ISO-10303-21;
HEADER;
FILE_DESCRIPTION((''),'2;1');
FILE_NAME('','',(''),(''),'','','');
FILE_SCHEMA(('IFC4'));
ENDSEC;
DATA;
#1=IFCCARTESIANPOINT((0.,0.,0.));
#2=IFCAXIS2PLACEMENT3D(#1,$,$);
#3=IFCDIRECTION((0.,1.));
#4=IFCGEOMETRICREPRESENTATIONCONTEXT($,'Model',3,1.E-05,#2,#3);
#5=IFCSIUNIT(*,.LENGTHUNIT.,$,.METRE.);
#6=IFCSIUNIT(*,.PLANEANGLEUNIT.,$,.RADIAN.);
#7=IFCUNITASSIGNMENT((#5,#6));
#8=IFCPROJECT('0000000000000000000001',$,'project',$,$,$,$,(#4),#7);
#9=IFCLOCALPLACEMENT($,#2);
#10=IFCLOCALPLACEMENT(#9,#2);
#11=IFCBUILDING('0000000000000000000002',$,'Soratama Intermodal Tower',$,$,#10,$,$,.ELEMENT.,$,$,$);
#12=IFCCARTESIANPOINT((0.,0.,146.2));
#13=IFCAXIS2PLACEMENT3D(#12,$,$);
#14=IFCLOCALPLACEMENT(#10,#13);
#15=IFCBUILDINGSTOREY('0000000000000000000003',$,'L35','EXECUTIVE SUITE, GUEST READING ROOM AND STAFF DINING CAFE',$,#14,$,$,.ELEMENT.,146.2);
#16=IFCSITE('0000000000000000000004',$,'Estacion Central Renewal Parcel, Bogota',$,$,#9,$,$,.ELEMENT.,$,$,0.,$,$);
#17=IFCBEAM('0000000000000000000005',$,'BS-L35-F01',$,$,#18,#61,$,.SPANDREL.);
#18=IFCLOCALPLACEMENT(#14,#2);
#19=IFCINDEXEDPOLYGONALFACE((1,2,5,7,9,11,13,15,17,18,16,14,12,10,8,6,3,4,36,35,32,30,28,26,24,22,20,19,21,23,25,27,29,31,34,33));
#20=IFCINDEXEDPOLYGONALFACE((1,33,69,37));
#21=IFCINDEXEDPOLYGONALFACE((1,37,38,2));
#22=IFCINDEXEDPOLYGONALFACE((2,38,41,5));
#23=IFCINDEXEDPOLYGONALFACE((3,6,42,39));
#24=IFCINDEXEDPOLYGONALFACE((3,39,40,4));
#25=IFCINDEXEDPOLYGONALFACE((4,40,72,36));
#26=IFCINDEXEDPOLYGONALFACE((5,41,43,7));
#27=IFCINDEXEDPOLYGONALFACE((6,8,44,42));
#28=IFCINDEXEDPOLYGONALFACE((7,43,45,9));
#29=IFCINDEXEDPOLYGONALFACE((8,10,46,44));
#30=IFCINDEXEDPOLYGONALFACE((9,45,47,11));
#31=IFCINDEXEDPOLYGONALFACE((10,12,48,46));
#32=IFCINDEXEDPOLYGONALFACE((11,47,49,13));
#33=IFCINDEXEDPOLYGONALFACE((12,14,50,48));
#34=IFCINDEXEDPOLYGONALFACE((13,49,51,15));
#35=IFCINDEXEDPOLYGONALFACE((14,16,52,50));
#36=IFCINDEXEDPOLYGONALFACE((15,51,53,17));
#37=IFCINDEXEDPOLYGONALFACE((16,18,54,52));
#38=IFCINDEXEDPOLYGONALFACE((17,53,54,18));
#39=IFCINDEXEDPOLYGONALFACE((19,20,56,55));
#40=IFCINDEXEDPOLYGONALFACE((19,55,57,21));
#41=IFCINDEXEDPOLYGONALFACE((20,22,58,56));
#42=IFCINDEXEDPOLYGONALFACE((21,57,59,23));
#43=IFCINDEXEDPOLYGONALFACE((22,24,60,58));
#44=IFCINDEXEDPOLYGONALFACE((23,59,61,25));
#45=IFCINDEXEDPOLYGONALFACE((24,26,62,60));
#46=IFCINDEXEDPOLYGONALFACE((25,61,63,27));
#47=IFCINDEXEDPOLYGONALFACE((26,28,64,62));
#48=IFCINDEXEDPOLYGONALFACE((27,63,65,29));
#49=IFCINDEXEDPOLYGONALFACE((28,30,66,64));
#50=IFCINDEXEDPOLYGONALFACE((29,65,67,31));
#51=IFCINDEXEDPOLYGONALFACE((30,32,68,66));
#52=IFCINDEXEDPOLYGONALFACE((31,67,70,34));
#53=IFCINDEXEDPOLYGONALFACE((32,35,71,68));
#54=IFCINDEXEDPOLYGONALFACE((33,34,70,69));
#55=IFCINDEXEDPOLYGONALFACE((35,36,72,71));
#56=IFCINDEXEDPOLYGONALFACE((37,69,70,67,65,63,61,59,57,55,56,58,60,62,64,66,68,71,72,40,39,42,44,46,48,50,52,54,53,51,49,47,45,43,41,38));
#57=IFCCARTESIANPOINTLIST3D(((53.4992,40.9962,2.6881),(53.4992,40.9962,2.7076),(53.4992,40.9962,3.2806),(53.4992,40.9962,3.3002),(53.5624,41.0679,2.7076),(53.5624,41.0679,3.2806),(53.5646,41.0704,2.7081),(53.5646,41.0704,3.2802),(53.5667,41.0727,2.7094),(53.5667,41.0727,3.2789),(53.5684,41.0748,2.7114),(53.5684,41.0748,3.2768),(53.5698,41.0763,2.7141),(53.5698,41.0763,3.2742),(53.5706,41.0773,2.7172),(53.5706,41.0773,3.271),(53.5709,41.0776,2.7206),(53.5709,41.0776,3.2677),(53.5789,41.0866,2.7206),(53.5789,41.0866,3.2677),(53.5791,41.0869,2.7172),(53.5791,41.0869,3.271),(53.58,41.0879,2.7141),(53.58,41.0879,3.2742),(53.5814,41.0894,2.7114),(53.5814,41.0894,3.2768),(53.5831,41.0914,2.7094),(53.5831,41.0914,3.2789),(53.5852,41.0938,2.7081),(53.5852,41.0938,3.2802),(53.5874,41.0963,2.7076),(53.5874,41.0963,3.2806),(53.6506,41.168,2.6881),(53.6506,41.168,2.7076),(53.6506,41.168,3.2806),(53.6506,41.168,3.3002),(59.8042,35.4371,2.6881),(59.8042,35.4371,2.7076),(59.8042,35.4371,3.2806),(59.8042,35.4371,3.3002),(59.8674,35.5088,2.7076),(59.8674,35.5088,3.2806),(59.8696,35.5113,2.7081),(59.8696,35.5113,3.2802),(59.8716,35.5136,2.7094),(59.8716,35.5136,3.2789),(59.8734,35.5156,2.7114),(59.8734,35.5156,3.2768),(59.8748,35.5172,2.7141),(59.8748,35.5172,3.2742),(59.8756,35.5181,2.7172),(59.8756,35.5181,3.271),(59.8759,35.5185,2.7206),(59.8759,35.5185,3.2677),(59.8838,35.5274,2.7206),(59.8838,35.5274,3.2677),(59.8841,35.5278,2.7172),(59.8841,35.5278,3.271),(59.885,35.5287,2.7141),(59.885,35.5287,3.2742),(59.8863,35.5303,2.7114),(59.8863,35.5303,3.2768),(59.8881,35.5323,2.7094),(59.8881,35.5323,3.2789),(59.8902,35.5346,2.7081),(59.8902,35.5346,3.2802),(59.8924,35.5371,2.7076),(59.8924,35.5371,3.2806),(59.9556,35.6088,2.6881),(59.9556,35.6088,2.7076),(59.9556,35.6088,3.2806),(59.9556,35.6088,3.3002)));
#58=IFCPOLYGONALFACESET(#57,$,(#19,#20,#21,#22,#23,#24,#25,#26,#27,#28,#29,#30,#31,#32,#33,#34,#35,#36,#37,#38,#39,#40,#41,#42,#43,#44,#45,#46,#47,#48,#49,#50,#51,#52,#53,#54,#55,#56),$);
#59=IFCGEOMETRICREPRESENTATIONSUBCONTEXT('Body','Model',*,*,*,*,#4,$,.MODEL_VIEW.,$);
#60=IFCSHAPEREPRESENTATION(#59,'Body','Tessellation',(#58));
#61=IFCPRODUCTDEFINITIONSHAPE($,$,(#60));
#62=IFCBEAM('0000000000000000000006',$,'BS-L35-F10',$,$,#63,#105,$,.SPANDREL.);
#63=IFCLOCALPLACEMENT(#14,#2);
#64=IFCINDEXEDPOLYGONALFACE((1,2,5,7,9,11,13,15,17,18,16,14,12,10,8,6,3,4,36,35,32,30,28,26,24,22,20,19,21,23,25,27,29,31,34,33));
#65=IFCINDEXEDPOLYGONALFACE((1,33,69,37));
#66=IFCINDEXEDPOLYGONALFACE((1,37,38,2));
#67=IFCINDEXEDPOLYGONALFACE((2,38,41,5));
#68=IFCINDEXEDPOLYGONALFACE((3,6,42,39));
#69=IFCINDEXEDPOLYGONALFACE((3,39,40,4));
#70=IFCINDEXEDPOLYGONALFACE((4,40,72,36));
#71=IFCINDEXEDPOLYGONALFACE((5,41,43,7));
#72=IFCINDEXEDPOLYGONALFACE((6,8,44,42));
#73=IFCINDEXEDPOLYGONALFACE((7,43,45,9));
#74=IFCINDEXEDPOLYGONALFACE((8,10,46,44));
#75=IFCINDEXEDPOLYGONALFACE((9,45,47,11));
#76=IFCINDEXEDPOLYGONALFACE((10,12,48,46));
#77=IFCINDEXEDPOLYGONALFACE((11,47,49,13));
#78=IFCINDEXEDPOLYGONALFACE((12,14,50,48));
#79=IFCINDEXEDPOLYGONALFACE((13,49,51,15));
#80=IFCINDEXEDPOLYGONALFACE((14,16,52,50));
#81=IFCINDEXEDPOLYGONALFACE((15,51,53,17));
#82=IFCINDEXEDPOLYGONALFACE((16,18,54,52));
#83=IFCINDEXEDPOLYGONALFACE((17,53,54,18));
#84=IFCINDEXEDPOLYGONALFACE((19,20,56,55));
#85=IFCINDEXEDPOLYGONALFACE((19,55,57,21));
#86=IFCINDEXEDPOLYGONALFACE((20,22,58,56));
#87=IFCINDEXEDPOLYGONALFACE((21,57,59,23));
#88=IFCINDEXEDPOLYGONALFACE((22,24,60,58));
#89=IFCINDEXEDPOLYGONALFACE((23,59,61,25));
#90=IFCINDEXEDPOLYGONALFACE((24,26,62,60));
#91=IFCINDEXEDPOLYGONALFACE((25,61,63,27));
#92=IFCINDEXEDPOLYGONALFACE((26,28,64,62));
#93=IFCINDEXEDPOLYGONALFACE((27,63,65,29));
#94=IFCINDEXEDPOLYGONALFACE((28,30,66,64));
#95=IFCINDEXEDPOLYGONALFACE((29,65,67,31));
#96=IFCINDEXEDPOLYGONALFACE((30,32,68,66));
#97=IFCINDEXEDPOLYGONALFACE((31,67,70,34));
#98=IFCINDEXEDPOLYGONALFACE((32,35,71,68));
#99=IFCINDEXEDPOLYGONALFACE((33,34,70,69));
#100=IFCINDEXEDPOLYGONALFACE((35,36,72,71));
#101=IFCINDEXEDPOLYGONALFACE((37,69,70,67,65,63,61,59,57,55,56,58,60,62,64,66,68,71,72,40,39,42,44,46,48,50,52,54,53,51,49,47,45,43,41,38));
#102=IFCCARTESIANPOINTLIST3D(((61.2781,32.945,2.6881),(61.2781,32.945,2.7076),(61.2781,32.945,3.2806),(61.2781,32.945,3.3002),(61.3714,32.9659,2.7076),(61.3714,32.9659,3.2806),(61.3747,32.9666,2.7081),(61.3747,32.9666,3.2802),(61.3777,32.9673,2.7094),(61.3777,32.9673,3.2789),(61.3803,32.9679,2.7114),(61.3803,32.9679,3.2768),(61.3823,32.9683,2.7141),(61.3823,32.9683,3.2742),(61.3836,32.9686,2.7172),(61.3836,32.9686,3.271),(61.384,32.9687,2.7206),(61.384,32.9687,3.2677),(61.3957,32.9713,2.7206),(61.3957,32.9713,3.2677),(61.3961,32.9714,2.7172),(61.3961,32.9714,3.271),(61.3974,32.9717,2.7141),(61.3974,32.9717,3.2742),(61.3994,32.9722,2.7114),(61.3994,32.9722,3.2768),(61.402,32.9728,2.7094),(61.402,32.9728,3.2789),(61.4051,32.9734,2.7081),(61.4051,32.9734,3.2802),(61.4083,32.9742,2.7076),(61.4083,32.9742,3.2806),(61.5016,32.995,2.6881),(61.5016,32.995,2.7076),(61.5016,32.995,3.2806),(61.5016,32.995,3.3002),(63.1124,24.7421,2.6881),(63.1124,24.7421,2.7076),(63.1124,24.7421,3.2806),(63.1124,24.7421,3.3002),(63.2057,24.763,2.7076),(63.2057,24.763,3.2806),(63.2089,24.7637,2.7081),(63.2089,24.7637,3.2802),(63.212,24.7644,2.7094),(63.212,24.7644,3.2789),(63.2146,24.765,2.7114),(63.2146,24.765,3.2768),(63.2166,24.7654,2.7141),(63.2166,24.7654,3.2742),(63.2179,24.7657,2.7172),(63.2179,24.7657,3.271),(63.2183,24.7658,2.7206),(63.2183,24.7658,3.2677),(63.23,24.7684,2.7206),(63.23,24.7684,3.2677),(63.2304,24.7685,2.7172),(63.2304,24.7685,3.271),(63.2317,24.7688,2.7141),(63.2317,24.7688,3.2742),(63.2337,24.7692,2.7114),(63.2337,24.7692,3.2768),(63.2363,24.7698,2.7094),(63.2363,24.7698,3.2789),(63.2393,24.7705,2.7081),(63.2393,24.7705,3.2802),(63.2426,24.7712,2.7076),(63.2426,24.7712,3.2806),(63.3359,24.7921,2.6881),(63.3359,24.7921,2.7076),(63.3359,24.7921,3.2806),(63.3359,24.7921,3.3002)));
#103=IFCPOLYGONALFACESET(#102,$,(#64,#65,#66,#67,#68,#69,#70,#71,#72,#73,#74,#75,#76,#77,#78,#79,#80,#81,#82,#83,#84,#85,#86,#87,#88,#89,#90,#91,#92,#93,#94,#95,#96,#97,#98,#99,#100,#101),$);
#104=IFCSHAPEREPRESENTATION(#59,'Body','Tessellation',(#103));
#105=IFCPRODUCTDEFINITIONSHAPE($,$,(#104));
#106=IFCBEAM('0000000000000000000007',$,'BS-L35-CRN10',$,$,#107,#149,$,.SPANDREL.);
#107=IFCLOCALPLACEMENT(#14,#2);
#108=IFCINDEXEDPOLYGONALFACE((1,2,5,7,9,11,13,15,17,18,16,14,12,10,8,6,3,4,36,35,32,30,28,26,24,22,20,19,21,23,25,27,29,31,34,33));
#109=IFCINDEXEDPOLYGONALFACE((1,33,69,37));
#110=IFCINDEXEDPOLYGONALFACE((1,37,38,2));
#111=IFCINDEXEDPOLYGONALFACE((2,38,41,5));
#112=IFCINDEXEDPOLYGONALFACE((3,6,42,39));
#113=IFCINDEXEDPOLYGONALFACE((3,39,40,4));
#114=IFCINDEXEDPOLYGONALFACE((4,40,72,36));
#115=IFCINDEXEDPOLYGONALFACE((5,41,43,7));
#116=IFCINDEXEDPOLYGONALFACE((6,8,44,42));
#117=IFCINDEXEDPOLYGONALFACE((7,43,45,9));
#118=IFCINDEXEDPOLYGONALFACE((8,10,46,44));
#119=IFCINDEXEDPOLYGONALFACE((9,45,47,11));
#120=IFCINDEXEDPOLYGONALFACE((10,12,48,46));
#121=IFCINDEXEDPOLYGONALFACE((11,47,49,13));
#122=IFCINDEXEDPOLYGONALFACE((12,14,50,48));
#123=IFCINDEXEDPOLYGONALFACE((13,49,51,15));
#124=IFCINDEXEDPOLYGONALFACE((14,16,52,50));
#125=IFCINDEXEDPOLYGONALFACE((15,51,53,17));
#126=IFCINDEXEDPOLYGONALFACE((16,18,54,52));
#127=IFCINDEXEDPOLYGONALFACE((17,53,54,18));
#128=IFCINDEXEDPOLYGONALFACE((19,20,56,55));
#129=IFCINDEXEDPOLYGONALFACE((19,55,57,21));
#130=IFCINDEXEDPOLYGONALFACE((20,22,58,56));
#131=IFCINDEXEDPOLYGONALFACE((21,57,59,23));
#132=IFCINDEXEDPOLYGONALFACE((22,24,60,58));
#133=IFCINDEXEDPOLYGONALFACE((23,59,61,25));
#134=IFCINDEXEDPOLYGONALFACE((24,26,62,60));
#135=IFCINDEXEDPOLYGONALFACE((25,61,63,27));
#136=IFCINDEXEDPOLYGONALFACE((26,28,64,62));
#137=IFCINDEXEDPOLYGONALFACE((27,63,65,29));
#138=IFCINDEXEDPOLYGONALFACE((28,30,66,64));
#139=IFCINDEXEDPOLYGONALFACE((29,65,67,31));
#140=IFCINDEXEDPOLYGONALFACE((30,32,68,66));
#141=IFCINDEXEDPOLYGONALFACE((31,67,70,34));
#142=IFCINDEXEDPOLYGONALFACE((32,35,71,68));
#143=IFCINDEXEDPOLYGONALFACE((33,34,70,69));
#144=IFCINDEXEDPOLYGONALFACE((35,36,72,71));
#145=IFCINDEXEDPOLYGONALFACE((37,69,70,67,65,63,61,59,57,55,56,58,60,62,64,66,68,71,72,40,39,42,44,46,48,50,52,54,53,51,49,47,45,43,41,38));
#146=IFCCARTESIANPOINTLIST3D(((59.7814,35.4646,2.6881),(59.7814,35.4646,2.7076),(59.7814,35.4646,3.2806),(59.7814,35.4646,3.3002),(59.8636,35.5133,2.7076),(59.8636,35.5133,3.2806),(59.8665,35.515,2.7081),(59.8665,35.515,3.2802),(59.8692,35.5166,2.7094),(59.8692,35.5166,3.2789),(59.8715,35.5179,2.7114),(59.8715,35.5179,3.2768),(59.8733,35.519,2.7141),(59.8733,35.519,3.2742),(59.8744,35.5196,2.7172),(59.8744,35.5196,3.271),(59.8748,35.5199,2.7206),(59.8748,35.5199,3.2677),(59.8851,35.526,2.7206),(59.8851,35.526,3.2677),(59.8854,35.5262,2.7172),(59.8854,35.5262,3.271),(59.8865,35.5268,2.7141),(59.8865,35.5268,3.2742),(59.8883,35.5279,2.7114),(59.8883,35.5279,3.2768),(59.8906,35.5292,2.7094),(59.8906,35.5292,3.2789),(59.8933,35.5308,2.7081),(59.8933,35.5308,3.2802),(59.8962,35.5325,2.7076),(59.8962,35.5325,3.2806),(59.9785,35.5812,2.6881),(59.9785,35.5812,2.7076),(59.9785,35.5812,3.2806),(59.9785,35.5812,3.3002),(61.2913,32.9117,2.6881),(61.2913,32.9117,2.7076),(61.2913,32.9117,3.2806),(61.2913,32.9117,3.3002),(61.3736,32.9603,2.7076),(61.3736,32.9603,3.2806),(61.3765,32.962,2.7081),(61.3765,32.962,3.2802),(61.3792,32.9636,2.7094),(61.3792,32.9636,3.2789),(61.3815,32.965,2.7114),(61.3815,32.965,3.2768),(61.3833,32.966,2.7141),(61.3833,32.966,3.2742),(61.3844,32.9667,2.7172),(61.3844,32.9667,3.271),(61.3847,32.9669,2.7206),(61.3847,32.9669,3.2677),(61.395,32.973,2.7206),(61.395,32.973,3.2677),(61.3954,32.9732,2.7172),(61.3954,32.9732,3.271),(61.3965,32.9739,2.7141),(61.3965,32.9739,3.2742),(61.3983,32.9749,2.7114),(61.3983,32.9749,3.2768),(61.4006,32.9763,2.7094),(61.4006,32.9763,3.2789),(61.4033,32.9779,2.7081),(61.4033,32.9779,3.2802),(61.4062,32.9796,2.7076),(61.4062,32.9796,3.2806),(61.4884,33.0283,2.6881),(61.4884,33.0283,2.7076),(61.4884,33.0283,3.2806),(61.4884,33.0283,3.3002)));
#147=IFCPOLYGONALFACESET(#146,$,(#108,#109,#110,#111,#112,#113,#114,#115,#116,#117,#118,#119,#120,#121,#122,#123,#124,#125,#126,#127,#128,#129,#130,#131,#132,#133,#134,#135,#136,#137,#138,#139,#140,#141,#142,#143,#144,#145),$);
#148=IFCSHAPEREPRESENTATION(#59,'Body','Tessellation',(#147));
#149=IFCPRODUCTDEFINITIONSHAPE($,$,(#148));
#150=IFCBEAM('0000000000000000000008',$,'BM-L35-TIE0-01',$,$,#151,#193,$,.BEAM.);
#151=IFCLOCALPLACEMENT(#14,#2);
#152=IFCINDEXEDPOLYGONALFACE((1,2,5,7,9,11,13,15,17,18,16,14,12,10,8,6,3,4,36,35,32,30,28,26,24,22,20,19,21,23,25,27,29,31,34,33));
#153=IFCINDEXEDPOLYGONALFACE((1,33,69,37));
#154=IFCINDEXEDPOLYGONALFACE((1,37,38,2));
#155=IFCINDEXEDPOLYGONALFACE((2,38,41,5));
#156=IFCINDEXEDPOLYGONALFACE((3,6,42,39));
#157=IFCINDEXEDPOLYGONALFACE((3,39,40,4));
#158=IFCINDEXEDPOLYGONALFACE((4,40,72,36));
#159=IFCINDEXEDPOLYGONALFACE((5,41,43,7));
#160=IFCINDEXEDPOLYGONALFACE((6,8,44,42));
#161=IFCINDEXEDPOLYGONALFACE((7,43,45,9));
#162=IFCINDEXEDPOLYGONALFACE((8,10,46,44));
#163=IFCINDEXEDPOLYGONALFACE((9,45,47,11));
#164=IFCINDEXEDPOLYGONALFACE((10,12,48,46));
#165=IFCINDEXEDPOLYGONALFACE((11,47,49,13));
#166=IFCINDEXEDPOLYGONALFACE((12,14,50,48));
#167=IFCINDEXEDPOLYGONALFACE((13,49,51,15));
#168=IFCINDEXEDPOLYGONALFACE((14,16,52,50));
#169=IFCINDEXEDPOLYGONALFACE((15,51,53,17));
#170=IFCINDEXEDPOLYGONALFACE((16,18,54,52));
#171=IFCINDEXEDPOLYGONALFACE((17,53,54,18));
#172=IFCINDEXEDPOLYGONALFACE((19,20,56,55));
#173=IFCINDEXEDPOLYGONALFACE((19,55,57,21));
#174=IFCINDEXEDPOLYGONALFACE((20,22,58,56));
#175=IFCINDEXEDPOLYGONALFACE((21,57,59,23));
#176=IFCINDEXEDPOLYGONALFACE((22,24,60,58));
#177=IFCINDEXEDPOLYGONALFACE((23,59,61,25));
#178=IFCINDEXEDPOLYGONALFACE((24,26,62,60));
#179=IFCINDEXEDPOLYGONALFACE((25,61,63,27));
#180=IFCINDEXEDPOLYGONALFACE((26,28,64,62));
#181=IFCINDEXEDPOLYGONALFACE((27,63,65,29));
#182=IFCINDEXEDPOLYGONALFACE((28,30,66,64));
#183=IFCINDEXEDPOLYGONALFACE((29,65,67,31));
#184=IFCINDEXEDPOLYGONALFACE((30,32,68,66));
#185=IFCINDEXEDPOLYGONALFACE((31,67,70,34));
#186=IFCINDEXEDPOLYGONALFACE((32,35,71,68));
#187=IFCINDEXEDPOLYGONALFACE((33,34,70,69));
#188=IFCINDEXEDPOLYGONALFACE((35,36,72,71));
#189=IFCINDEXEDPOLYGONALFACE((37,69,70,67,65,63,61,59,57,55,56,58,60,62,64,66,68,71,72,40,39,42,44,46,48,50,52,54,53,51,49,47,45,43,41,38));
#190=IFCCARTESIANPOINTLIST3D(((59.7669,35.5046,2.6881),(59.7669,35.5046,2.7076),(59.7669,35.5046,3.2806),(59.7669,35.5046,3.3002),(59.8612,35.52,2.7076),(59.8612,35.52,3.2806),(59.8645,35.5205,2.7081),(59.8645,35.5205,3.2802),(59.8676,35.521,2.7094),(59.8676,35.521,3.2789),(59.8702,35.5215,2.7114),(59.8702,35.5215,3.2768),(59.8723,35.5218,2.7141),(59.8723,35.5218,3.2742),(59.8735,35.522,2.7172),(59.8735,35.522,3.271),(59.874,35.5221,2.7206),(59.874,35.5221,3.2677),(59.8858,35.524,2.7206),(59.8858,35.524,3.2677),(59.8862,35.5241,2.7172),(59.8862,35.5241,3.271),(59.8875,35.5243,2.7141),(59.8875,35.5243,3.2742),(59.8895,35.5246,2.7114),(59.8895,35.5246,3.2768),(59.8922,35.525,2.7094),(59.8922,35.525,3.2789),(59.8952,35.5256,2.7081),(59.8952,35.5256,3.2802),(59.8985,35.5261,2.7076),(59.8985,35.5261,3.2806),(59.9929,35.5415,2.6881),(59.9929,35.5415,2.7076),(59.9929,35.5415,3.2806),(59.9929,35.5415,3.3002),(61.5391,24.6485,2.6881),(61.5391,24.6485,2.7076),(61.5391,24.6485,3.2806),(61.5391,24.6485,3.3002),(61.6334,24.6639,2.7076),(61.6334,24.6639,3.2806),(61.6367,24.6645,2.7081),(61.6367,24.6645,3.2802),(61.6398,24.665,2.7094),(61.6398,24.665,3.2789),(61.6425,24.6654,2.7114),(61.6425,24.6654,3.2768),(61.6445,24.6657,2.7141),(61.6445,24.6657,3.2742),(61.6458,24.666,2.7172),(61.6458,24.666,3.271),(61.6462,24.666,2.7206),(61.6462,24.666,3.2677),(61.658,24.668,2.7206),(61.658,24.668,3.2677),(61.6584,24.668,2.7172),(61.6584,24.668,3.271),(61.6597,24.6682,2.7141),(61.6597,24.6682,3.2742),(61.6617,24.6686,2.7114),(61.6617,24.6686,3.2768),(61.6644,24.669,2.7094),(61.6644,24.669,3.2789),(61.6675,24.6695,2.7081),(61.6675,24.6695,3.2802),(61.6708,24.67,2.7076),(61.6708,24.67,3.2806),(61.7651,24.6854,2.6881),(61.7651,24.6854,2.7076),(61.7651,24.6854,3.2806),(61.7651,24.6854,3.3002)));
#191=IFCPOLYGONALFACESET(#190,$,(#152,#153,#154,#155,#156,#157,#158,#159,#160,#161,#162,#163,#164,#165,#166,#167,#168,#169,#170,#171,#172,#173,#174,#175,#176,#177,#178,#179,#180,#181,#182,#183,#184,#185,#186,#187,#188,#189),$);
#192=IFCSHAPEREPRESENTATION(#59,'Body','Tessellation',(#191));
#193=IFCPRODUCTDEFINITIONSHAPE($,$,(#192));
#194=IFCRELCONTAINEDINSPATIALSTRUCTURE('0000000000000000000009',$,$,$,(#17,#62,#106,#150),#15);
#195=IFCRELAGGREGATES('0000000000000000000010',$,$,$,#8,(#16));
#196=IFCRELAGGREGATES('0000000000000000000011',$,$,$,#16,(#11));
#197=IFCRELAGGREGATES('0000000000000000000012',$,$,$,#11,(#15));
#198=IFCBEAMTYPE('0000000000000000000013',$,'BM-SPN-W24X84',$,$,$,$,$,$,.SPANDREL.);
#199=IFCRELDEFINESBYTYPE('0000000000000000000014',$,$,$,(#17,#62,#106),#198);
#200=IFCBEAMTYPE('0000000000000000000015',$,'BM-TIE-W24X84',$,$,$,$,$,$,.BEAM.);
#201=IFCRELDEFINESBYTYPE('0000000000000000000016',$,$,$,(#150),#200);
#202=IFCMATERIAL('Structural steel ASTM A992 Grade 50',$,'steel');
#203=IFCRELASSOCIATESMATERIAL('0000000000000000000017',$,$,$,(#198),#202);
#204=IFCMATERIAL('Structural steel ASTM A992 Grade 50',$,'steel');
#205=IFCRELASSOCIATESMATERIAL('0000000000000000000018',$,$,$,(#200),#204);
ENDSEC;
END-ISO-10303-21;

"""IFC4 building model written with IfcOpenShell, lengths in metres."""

from ifc_helpers import new_model, si_unit, direction, frame, origin, origin_2d, place, context, subcontext, project, spatial, i_section, extrude, material, material_profile, profile_set, type_object, element, save


model = new_model("IFC4")

# Units and contexts
model_context = context("Model", 3, precision=1e-05, world=origin(), true_north=direction((0.0, 1.0)))
body_context = subcontext(model_context, "Body", "Model", "MODEL_VIEW")
ifc_project = project(units=[si_unit("LENGTHUNIT", "METRE"), si_unit("PLANEANGLEUNIT", "RADIAN")], contexts=[model_context])

# Site, building, storey
site_placement = place(None, origin())
site = spatial("IfcSite", under=ifc_project, at=site_placement, Name="Estacion Central Renewal Parcel, Bogota", CompositionType="ELEMENT", RefElevation=0.0)
building_placement = place(site_placement, origin())
building = spatial("IfcBuilding", under=site, at=building_placement, Name="Soratama Intermodal Tower", CompositionType="ELEMENT")
storey_placement = place(building_placement, frame((0.0, 0.0, 146.2)))
storey = spatial("IfcBuildingStorey", under=building, at=storey_placement, Name="L35", Description="EXECUTIVE SUITE, GUEST READING ROOM AND STAFF DINING CAFE", CompositionType="ELEMENT", Elevation=146.2)

# Beams
ifc_material_1 = material(Name="Structural steel ASTM A992 Grade 50", Category="steel")
ifc_material_profile_1 = material_profile(ifc_material_1, i_section(OverallWidth=0.229, OverallDepth=0.6121, WebThickness=0.012, FlangeThickness=0.0195, FilletRadius=0.0129, at=origin_2d()), Name="W24X84")
ifc_profile_set_1 = profile_set([ifc_material_profile_1], Name="Structural steel ASTM A992 Grade 50")
beam_type_1 = type_object("IfcBeamType", Name="BM-SPN-W24X84", PredefinedType="SPANDREL", material=ifc_profile_set_1)
beam_1_placement = place(storey_placement, frame((59.8799, 35.5229, 2.9941), z_axis=(-0.750079, 0.661348, 0.0), x_axis=(-0.661348, -0.750079, 0.0)))
element("IfcBeam", 1, at=beam_1_placement, inside=storey, type_object=beam_type_1, Name="BS-L35-F01", PredefinedType="SPANDREL", context=body_context, shape_type="SweptSolid", body=[
    extrude(i_section(OverallWidth=0.229, OverallDepth=0.6121, WebThickness=0.012, FlangeThickness=0.0195, FilletRadius=0.0129, at=origin_2d()), origin(), (0.0, 0.0, 1.0), 8.4058),
])
beam_2_placement = place(storey_placement, frame((63.2241, 24.7671, 2.9941), z_axis=(-0.218219, 0.9759, 0.0), x_axis=(-0.9759, -0.218219, 0.0)))
element("IfcBeam", 2, at=beam_2_placement, inside=storey, type_object=beam_type_1, Name="BS-L35-F10", PredefinedType="SPANDREL", context=body_context, shape_type="SweptSolid", body=[
    extrude(i_section(OverallWidth=0.229, OverallDepth=0.6121, WebThickness=0.012, FlangeThickness=0.0195, FilletRadius=0.0129, at=origin_2d()), origin(), (0.0, 0.0, 1.0), 8.4055),
])
beam_3_placement = place(storey_placement, frame((61.3899, 32.97, 2.9941), z_axis=(-0.509087, 0.860715, 0.0), x_axis=(-0.860715, -0.509087, 0.0)))
element("IfcBeam", 3, at=beam_3_placement, inside=storey, type_object=beam_type_1, Name="BS-L35-CRN10", PredefinedType="SPANDREL", context=body_context, shape_type="SweptSolid", body=[
    extrude(i_section(OverallWidth=0.229, OverallDepth=0.6121, WebThickness=0.012, FlangeThickness=0.0195, FilletRadius=0.0129, at=origin_2d()), origin(), (0.0, 0.0, 1.0), 2.9661),
])
ifc_material_2 = material(Name="Structural steel ASTM A992 Grade 50", Category="steel")
ifc_material_profile_2 = material_profile(ifc_material_2, i_section(OverallWidth=0.229, OverallDepth=0.6121, WebThickness=0.012, FlangeThickness=0.0195, FilletRadius=0.0129, at=origin_2d()), Name="W24X84")
ifc_profile_set_2 = profile_set([ifc_material_profile_2], Name="Structural steel ASTM A992 Grade 50")
beam_type_2 = type_object("IfcBeamType", Name="BM-TIE-W24X84", PredefinedType="BEAM", material=ifc_profile_set_2)
beam_4_placement = place(storey_placement, frame((61.6521, 24.667, 2.9941), z_axis=(-0.161116, 0.986936, 0.0), x_axis=(-0.986936, -0.161116, 0.0)))
element("IfcBeam", 4, at=beam_4_placement, inside=storey, type_object=beam_type_2, Name="BM-L35-TIE0-01", PredefinedType="BEAM", context=body_context, shape_type="SweptSolid", body=[
    extrude(i_section(OverallWidth=0.229, OverallDepth=0.6121, WebThickness=0.012, FlangeThickness=0.0195, FilletRadius=0.0129, at=origin_2d()), origin(), (0.0, 0.0, 1.0), 10.9998),
])

save(model, "model.ifc")
